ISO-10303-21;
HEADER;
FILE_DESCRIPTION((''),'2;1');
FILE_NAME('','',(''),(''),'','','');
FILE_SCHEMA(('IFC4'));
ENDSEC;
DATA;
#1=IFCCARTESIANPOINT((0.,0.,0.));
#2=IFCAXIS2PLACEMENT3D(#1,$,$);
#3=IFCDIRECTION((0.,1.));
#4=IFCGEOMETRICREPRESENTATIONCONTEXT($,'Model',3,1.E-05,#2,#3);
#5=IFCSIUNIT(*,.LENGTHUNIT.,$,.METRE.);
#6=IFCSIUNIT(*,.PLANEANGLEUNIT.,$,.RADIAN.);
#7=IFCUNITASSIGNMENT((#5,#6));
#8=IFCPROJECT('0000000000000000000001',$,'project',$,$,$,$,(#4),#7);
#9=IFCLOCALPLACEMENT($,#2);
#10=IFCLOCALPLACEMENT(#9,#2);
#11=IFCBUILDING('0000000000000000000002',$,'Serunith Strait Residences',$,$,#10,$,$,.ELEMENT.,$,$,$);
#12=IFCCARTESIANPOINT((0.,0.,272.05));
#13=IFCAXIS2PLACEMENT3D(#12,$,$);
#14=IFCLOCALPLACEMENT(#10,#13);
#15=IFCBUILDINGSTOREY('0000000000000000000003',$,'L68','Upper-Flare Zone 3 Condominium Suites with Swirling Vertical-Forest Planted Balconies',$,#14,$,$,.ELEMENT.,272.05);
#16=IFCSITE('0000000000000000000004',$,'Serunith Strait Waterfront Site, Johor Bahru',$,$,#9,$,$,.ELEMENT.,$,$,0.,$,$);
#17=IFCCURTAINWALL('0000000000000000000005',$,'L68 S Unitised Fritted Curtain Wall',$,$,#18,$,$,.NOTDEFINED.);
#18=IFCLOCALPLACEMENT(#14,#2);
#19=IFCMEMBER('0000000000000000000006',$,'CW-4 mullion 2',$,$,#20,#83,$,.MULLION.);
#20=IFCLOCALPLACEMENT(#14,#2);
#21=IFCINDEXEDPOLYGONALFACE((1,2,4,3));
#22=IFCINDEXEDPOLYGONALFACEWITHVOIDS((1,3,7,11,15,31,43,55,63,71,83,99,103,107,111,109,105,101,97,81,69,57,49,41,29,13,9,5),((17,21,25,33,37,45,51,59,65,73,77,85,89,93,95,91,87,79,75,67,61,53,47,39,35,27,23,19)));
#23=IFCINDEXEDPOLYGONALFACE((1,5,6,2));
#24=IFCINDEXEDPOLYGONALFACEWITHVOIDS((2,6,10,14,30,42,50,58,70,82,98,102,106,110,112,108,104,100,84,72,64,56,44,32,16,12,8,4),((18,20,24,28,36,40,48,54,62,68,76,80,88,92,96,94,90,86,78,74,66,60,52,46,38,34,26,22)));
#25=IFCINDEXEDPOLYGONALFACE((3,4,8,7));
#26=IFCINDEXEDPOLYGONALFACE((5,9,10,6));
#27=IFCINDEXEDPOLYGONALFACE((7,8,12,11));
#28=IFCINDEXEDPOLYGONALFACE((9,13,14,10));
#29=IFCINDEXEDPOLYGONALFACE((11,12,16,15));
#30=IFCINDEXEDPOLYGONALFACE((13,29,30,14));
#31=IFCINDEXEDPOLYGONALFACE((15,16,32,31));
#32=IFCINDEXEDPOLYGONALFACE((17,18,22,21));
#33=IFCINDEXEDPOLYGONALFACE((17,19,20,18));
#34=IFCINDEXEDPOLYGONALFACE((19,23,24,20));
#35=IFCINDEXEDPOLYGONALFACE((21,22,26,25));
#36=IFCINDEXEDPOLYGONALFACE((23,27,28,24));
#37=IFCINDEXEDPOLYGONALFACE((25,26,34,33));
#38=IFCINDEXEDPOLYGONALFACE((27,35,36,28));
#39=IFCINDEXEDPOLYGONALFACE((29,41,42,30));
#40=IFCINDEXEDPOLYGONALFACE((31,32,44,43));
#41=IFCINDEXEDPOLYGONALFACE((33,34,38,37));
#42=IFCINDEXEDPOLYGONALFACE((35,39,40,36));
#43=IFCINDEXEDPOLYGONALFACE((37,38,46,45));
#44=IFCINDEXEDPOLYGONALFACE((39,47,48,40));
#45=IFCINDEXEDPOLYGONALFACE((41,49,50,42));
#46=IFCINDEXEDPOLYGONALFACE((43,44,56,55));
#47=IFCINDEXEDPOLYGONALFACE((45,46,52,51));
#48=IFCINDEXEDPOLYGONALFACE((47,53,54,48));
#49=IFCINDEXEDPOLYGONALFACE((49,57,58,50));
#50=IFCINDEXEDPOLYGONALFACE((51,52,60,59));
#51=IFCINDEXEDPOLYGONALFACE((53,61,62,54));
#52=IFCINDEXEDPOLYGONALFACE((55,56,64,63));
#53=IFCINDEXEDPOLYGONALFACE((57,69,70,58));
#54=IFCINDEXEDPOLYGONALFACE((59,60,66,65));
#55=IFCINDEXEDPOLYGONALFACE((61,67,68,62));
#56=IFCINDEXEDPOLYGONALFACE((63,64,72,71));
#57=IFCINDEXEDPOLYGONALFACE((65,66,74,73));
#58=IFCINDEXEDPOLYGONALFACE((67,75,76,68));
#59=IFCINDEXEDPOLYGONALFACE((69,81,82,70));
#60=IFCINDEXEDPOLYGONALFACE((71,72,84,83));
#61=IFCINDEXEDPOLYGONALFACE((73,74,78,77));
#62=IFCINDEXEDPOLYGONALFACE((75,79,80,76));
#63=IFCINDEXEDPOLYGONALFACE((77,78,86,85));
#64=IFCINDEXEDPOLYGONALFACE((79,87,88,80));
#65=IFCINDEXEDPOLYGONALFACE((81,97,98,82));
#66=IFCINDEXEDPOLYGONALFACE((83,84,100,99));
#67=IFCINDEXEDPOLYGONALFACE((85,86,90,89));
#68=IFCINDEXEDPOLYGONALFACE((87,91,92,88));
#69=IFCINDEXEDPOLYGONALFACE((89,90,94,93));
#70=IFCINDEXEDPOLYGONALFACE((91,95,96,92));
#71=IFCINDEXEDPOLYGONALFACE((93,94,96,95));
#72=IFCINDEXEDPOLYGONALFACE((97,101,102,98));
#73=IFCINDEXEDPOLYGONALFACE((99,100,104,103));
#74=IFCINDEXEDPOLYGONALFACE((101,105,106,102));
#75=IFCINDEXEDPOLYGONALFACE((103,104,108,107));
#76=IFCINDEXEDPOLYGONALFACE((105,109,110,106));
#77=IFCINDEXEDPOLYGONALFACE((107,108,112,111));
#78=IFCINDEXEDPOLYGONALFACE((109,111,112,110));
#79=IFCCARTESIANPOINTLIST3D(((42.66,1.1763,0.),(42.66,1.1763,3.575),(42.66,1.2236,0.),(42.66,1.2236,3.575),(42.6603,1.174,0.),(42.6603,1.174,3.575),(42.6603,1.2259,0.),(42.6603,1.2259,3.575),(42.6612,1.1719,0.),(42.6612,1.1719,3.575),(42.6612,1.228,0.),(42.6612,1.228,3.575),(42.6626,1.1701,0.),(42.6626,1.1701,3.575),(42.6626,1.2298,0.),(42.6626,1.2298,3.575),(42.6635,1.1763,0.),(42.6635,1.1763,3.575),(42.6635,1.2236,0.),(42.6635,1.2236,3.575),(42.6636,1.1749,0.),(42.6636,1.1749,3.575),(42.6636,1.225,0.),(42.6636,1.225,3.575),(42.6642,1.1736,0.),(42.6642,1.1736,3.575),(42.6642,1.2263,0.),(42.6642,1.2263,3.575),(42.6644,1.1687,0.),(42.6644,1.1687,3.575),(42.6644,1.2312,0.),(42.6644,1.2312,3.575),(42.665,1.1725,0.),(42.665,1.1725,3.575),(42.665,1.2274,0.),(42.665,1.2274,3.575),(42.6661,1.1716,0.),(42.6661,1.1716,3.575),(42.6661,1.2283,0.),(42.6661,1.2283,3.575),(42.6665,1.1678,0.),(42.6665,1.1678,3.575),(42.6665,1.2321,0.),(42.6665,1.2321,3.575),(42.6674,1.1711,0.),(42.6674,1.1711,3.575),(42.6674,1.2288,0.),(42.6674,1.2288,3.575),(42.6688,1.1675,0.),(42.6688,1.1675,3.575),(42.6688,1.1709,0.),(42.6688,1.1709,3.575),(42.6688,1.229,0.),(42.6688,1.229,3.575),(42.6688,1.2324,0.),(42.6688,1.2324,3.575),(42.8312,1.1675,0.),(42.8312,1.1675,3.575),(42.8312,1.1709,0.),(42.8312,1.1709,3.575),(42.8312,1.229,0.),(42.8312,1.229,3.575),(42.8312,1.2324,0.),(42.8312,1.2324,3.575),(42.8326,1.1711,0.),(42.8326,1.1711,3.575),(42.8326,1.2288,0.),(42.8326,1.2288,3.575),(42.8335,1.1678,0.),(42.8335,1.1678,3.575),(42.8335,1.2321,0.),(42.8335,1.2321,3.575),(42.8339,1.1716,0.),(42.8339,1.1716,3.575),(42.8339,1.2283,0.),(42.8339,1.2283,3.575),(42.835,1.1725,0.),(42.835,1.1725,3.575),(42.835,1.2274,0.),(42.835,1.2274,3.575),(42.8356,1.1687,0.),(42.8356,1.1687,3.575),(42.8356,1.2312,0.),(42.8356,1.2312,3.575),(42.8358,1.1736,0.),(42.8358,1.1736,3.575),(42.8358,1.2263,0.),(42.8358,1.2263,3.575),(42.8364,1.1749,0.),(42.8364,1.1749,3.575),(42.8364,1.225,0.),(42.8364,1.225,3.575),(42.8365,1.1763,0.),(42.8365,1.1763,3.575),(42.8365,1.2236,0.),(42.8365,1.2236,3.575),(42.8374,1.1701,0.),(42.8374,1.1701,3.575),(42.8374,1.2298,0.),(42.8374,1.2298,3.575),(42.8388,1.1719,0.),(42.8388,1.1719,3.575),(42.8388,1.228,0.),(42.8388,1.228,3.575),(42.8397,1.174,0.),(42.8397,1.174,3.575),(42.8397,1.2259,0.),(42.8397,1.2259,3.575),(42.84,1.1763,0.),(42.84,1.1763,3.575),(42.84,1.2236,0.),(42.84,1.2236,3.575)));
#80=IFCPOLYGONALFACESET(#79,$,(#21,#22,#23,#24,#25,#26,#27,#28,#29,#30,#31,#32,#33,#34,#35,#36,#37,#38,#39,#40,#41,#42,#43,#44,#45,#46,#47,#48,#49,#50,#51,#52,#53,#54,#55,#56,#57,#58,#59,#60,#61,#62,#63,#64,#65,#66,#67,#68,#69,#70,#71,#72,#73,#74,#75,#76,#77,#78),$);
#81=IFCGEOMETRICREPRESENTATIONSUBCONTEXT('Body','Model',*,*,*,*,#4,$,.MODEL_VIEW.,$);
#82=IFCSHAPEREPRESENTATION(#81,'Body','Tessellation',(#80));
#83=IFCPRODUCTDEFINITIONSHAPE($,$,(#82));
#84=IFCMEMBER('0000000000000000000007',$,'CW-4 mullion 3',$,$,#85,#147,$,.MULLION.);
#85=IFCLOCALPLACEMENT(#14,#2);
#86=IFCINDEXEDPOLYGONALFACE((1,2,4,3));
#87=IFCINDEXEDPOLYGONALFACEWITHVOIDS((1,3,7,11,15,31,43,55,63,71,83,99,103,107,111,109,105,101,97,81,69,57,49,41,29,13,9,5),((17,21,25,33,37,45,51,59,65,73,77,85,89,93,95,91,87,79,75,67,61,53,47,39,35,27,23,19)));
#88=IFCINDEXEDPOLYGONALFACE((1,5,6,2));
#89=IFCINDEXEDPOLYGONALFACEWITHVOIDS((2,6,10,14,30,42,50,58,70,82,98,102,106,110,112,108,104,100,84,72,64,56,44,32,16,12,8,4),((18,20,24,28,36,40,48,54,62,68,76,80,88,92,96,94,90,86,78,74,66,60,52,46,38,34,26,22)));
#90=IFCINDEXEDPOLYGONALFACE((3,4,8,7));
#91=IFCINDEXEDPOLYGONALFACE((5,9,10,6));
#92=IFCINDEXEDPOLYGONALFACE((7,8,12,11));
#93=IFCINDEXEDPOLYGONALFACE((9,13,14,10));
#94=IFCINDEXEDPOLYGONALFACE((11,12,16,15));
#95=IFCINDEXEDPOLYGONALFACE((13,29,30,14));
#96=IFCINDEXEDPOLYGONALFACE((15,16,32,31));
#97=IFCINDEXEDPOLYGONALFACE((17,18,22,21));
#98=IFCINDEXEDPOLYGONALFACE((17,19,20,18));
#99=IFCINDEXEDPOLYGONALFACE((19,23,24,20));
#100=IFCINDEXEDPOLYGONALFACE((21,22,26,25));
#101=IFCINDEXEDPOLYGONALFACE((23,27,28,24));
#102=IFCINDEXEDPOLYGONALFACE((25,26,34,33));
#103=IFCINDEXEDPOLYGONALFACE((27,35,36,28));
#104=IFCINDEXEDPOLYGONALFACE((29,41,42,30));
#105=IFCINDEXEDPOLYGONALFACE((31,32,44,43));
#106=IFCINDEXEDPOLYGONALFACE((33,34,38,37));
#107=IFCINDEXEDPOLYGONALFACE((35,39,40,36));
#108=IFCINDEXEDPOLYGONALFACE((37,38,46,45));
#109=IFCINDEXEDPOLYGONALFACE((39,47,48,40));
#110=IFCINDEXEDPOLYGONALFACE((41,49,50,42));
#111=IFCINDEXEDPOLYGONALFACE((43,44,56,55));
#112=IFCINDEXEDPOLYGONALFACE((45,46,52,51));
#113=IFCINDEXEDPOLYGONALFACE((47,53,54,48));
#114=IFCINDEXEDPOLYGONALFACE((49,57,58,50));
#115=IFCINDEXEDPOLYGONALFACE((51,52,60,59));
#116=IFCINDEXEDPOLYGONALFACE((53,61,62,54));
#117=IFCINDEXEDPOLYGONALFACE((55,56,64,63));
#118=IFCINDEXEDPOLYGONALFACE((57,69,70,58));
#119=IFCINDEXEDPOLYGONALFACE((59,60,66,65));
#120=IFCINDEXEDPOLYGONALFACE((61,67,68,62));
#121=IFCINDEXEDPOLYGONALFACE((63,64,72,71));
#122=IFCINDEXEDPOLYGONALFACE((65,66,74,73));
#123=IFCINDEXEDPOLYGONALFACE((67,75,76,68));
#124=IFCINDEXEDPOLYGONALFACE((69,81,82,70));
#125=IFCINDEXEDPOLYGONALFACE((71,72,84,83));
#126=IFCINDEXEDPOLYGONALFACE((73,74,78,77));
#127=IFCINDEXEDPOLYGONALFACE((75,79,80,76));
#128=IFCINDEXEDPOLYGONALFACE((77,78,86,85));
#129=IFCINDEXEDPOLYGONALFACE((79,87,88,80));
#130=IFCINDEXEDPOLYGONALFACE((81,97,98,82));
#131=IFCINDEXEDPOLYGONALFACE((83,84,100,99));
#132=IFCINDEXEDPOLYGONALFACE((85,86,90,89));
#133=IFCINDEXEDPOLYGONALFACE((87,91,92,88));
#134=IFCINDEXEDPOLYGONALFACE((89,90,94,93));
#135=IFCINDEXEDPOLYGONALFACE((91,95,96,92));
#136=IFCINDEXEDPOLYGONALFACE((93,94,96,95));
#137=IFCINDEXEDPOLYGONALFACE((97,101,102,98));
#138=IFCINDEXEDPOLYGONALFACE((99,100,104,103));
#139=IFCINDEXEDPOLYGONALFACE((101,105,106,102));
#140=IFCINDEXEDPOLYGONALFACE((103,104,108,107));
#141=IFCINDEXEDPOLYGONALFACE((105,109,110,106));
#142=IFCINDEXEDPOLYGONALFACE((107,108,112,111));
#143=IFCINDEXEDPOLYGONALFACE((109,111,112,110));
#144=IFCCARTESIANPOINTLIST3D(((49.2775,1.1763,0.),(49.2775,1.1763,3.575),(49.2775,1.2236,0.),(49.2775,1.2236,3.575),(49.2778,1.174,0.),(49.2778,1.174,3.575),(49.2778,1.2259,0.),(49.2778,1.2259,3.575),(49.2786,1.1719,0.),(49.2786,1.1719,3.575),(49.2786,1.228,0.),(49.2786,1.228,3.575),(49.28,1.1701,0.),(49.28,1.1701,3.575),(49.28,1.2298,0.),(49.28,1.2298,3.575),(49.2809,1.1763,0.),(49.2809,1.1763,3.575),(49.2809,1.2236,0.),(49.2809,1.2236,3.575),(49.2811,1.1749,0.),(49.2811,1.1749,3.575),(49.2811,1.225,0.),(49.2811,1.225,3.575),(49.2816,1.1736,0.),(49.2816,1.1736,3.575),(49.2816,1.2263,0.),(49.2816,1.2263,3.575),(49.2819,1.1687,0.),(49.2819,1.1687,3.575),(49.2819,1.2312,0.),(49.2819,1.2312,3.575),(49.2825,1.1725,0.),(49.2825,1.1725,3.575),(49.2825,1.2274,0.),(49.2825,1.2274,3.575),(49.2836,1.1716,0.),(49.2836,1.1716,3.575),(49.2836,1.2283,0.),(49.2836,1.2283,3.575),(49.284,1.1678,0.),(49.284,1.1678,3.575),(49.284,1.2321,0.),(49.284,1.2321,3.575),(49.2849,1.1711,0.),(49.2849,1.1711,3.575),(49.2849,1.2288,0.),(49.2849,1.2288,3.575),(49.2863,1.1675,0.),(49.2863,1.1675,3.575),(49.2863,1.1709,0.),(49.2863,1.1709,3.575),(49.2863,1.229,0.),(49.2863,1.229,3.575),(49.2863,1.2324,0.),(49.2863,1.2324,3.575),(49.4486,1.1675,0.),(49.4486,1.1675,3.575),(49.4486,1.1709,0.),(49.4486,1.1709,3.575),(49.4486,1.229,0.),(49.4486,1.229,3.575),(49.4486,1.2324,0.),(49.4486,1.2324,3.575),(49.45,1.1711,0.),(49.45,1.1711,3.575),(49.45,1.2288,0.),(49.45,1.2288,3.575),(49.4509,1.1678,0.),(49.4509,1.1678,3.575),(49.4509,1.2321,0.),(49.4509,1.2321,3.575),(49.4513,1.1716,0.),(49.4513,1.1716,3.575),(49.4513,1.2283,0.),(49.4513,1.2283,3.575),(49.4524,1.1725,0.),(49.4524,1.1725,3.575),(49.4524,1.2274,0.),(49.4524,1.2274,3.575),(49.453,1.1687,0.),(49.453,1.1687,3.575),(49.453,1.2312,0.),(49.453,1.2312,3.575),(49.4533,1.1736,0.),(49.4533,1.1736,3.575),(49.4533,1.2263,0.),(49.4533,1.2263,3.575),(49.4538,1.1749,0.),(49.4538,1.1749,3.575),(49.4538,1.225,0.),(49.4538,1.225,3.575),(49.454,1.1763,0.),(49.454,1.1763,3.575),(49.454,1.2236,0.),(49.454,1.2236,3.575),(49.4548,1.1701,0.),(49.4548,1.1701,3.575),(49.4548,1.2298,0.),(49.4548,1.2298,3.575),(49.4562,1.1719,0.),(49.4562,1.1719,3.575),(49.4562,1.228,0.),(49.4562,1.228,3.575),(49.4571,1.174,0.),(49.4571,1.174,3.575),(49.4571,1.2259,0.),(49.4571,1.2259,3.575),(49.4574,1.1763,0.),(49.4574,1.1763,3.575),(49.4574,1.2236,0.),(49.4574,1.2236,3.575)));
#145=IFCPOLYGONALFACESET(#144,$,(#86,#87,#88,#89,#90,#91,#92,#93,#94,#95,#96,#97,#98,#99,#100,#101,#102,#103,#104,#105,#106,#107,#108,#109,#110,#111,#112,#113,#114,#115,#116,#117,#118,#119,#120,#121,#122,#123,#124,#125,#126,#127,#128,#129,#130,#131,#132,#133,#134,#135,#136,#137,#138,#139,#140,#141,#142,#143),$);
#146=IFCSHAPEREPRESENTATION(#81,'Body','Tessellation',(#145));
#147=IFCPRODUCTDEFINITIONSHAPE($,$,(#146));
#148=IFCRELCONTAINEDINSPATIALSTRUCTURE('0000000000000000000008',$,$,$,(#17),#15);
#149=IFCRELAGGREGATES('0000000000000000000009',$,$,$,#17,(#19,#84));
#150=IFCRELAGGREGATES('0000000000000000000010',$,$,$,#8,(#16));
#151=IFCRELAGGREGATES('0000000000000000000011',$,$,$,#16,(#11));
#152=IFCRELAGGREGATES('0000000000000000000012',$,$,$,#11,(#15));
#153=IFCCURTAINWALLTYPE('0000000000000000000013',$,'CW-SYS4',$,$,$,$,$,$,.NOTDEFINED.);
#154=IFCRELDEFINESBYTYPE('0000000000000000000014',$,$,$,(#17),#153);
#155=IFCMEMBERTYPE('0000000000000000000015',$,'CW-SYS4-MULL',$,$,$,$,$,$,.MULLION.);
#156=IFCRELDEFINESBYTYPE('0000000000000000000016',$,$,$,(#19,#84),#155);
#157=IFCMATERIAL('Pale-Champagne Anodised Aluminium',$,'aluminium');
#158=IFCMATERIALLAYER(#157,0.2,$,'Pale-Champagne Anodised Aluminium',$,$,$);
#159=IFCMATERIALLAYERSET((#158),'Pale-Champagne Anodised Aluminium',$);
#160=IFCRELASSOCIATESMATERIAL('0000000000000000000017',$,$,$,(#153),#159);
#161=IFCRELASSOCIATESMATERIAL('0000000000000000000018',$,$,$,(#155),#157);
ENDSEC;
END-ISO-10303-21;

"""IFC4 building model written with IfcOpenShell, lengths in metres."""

from ifc_helpers import new_model, si_unit, direction, frame, origin, origin_2d, place, context, subcontext, project, spatial, hollow_rectangle, extrude, source, transform, mapped, material, layer, layer_set, material_profile, profile_set, type_object, element, aggregate, save


model = new_model("IFC4")

# Units and contexts
model_context = context("Model", 3, precision=1e-05, world=origin(), true_north=direction((0.0, 1.0)))
body_context = subcontext(model_context, "Body", "Model", "MODEL_VIEW")
ifc_project = project(units=[si_unit("LENGTHUNIT", "METRE"), si_unit("PLANEANGLEUNIT", "RADIAN")], contexts=[model_context])

# Site, building, storey
site_placement = place(None, origin())
site = spatial("IfcSite", under=ifc_project, at=site_placement, Name="Serunith Strait Waterfront Site, Johor Bahru", CompositionType="ELEMENT", RefElevation=0.0)
building_placement = place(site_placement, origin())
building = spatial("IfcBuilding", under=site, at=building_placement, Name="Serunith Strait Residences", CompositionType="ELEMENT")
storey_placement = place(building_placement, frame((0.0, 0.0, 272.05)))
storey = spatial("IfcBuildingStorey", under=building, at=storey_placement, Name="L68", Description="Upper-Flare Zone 3 Condominium Suites with Swirling Vertical-Forest Planted Balconies", CompositionType="ELEMENT", Elevation=272.05)

# Curtain wall, members
ifc_material_1 = material(Name="Pale-Champagne Anodised Aluminium", Category="aluminium")
ifc_layer_1 = layer(ifc_material_1, 0.2, Name="Pale-Champagne Anodised Aluminium")
ifc_layer_set_1 = layer_set([ifc_layer_1], Name="Pale-Champagne Anodised Aluminium")
curtain_wall_type = type_object("IfcCurtainWallType", Name="CW-SYS4", PredefinedType="NOTDEFINED", material=ifc_layer_set_1)
curtain_wall_1_placement = place(storey_placement, origin())
curtain_wall_1 = element("IfcCurtainWall", 1, at=curtain_wall_1_placement, inside=storey, type_object=curtain_wall_type, Name="L68 S Unitised Fritted Curtain Wall", PredefinedType="NOTDEFINED")
ifc_material_profile_1 = material_profile(ifc_material_1, hollow_rectangle(XDim=0.0649, YDim=0.1799, WallThickness=0.0034, InnerFilletRadius=0.0054, OuterFilletRadius=0.0088, at=origin_2d()), Name="ALU 180x65x3.5")
ifc_profile_set_1 = profile_set([ifc_material_profile_1], Name="Pale-Champagne Anodised Aluminium")
member_type_1 = type_object("IfcMemberType", Name="CW-SYS4-MULL", PredefinedType="MULLION", material=ifc_profile_set_1)
shared_shape_1 = source(origin(), body_context, "Body", "SweptSolid", [
    extrude(hollow_rectangle(XDim=0.0649, YDim=0.1799, WallThickness=0.0034, InnerFilletRadius=0.0054, OuterFilletRadius=0.0088, at=origin_2d()), origin(), (0.0, 0.0, 1.0), 3.575),
])
member_1_placement = place(storey_placement, frame((42.75, 1.2, 0.0), z_axis=(0.0, 0.0, 1.0), x_axis=(0.0, 1.0, 0.0)))
member_1 = element("IfcMember", 2, at=member_1_placement, type_object=member_type_1, Name="CW-4 mullion 2", PredefinedType="MULLION", context=body_context, shape_type="MappedRepresentation", body=[
    mapped(shared_shape_1, transform((0.0, 0.0, 0.0), scale=1.0)),
])
member_2_placement = place(storey_placement, frame((49.3674, 1.2, 0.0), z_axis=(0.0, 0.0, 1.0), x_axis=(0.0, 1.0, 0.0)))
member_2 = element("IfcMember", 3, at=member_2_placement, type_object=member_type_1, Name="CW-4 mullion 3", PredefinedType="MULLION", context=body_context, shape_type="MappedRepresentation", body=[
    mapped(shared_shape_1, transform((0.0, 0.0, 0.0), scale=1.0)),
])

aggregate(curtain_wall_1, [member_1, member_2])

save(model, "model.ifc")
